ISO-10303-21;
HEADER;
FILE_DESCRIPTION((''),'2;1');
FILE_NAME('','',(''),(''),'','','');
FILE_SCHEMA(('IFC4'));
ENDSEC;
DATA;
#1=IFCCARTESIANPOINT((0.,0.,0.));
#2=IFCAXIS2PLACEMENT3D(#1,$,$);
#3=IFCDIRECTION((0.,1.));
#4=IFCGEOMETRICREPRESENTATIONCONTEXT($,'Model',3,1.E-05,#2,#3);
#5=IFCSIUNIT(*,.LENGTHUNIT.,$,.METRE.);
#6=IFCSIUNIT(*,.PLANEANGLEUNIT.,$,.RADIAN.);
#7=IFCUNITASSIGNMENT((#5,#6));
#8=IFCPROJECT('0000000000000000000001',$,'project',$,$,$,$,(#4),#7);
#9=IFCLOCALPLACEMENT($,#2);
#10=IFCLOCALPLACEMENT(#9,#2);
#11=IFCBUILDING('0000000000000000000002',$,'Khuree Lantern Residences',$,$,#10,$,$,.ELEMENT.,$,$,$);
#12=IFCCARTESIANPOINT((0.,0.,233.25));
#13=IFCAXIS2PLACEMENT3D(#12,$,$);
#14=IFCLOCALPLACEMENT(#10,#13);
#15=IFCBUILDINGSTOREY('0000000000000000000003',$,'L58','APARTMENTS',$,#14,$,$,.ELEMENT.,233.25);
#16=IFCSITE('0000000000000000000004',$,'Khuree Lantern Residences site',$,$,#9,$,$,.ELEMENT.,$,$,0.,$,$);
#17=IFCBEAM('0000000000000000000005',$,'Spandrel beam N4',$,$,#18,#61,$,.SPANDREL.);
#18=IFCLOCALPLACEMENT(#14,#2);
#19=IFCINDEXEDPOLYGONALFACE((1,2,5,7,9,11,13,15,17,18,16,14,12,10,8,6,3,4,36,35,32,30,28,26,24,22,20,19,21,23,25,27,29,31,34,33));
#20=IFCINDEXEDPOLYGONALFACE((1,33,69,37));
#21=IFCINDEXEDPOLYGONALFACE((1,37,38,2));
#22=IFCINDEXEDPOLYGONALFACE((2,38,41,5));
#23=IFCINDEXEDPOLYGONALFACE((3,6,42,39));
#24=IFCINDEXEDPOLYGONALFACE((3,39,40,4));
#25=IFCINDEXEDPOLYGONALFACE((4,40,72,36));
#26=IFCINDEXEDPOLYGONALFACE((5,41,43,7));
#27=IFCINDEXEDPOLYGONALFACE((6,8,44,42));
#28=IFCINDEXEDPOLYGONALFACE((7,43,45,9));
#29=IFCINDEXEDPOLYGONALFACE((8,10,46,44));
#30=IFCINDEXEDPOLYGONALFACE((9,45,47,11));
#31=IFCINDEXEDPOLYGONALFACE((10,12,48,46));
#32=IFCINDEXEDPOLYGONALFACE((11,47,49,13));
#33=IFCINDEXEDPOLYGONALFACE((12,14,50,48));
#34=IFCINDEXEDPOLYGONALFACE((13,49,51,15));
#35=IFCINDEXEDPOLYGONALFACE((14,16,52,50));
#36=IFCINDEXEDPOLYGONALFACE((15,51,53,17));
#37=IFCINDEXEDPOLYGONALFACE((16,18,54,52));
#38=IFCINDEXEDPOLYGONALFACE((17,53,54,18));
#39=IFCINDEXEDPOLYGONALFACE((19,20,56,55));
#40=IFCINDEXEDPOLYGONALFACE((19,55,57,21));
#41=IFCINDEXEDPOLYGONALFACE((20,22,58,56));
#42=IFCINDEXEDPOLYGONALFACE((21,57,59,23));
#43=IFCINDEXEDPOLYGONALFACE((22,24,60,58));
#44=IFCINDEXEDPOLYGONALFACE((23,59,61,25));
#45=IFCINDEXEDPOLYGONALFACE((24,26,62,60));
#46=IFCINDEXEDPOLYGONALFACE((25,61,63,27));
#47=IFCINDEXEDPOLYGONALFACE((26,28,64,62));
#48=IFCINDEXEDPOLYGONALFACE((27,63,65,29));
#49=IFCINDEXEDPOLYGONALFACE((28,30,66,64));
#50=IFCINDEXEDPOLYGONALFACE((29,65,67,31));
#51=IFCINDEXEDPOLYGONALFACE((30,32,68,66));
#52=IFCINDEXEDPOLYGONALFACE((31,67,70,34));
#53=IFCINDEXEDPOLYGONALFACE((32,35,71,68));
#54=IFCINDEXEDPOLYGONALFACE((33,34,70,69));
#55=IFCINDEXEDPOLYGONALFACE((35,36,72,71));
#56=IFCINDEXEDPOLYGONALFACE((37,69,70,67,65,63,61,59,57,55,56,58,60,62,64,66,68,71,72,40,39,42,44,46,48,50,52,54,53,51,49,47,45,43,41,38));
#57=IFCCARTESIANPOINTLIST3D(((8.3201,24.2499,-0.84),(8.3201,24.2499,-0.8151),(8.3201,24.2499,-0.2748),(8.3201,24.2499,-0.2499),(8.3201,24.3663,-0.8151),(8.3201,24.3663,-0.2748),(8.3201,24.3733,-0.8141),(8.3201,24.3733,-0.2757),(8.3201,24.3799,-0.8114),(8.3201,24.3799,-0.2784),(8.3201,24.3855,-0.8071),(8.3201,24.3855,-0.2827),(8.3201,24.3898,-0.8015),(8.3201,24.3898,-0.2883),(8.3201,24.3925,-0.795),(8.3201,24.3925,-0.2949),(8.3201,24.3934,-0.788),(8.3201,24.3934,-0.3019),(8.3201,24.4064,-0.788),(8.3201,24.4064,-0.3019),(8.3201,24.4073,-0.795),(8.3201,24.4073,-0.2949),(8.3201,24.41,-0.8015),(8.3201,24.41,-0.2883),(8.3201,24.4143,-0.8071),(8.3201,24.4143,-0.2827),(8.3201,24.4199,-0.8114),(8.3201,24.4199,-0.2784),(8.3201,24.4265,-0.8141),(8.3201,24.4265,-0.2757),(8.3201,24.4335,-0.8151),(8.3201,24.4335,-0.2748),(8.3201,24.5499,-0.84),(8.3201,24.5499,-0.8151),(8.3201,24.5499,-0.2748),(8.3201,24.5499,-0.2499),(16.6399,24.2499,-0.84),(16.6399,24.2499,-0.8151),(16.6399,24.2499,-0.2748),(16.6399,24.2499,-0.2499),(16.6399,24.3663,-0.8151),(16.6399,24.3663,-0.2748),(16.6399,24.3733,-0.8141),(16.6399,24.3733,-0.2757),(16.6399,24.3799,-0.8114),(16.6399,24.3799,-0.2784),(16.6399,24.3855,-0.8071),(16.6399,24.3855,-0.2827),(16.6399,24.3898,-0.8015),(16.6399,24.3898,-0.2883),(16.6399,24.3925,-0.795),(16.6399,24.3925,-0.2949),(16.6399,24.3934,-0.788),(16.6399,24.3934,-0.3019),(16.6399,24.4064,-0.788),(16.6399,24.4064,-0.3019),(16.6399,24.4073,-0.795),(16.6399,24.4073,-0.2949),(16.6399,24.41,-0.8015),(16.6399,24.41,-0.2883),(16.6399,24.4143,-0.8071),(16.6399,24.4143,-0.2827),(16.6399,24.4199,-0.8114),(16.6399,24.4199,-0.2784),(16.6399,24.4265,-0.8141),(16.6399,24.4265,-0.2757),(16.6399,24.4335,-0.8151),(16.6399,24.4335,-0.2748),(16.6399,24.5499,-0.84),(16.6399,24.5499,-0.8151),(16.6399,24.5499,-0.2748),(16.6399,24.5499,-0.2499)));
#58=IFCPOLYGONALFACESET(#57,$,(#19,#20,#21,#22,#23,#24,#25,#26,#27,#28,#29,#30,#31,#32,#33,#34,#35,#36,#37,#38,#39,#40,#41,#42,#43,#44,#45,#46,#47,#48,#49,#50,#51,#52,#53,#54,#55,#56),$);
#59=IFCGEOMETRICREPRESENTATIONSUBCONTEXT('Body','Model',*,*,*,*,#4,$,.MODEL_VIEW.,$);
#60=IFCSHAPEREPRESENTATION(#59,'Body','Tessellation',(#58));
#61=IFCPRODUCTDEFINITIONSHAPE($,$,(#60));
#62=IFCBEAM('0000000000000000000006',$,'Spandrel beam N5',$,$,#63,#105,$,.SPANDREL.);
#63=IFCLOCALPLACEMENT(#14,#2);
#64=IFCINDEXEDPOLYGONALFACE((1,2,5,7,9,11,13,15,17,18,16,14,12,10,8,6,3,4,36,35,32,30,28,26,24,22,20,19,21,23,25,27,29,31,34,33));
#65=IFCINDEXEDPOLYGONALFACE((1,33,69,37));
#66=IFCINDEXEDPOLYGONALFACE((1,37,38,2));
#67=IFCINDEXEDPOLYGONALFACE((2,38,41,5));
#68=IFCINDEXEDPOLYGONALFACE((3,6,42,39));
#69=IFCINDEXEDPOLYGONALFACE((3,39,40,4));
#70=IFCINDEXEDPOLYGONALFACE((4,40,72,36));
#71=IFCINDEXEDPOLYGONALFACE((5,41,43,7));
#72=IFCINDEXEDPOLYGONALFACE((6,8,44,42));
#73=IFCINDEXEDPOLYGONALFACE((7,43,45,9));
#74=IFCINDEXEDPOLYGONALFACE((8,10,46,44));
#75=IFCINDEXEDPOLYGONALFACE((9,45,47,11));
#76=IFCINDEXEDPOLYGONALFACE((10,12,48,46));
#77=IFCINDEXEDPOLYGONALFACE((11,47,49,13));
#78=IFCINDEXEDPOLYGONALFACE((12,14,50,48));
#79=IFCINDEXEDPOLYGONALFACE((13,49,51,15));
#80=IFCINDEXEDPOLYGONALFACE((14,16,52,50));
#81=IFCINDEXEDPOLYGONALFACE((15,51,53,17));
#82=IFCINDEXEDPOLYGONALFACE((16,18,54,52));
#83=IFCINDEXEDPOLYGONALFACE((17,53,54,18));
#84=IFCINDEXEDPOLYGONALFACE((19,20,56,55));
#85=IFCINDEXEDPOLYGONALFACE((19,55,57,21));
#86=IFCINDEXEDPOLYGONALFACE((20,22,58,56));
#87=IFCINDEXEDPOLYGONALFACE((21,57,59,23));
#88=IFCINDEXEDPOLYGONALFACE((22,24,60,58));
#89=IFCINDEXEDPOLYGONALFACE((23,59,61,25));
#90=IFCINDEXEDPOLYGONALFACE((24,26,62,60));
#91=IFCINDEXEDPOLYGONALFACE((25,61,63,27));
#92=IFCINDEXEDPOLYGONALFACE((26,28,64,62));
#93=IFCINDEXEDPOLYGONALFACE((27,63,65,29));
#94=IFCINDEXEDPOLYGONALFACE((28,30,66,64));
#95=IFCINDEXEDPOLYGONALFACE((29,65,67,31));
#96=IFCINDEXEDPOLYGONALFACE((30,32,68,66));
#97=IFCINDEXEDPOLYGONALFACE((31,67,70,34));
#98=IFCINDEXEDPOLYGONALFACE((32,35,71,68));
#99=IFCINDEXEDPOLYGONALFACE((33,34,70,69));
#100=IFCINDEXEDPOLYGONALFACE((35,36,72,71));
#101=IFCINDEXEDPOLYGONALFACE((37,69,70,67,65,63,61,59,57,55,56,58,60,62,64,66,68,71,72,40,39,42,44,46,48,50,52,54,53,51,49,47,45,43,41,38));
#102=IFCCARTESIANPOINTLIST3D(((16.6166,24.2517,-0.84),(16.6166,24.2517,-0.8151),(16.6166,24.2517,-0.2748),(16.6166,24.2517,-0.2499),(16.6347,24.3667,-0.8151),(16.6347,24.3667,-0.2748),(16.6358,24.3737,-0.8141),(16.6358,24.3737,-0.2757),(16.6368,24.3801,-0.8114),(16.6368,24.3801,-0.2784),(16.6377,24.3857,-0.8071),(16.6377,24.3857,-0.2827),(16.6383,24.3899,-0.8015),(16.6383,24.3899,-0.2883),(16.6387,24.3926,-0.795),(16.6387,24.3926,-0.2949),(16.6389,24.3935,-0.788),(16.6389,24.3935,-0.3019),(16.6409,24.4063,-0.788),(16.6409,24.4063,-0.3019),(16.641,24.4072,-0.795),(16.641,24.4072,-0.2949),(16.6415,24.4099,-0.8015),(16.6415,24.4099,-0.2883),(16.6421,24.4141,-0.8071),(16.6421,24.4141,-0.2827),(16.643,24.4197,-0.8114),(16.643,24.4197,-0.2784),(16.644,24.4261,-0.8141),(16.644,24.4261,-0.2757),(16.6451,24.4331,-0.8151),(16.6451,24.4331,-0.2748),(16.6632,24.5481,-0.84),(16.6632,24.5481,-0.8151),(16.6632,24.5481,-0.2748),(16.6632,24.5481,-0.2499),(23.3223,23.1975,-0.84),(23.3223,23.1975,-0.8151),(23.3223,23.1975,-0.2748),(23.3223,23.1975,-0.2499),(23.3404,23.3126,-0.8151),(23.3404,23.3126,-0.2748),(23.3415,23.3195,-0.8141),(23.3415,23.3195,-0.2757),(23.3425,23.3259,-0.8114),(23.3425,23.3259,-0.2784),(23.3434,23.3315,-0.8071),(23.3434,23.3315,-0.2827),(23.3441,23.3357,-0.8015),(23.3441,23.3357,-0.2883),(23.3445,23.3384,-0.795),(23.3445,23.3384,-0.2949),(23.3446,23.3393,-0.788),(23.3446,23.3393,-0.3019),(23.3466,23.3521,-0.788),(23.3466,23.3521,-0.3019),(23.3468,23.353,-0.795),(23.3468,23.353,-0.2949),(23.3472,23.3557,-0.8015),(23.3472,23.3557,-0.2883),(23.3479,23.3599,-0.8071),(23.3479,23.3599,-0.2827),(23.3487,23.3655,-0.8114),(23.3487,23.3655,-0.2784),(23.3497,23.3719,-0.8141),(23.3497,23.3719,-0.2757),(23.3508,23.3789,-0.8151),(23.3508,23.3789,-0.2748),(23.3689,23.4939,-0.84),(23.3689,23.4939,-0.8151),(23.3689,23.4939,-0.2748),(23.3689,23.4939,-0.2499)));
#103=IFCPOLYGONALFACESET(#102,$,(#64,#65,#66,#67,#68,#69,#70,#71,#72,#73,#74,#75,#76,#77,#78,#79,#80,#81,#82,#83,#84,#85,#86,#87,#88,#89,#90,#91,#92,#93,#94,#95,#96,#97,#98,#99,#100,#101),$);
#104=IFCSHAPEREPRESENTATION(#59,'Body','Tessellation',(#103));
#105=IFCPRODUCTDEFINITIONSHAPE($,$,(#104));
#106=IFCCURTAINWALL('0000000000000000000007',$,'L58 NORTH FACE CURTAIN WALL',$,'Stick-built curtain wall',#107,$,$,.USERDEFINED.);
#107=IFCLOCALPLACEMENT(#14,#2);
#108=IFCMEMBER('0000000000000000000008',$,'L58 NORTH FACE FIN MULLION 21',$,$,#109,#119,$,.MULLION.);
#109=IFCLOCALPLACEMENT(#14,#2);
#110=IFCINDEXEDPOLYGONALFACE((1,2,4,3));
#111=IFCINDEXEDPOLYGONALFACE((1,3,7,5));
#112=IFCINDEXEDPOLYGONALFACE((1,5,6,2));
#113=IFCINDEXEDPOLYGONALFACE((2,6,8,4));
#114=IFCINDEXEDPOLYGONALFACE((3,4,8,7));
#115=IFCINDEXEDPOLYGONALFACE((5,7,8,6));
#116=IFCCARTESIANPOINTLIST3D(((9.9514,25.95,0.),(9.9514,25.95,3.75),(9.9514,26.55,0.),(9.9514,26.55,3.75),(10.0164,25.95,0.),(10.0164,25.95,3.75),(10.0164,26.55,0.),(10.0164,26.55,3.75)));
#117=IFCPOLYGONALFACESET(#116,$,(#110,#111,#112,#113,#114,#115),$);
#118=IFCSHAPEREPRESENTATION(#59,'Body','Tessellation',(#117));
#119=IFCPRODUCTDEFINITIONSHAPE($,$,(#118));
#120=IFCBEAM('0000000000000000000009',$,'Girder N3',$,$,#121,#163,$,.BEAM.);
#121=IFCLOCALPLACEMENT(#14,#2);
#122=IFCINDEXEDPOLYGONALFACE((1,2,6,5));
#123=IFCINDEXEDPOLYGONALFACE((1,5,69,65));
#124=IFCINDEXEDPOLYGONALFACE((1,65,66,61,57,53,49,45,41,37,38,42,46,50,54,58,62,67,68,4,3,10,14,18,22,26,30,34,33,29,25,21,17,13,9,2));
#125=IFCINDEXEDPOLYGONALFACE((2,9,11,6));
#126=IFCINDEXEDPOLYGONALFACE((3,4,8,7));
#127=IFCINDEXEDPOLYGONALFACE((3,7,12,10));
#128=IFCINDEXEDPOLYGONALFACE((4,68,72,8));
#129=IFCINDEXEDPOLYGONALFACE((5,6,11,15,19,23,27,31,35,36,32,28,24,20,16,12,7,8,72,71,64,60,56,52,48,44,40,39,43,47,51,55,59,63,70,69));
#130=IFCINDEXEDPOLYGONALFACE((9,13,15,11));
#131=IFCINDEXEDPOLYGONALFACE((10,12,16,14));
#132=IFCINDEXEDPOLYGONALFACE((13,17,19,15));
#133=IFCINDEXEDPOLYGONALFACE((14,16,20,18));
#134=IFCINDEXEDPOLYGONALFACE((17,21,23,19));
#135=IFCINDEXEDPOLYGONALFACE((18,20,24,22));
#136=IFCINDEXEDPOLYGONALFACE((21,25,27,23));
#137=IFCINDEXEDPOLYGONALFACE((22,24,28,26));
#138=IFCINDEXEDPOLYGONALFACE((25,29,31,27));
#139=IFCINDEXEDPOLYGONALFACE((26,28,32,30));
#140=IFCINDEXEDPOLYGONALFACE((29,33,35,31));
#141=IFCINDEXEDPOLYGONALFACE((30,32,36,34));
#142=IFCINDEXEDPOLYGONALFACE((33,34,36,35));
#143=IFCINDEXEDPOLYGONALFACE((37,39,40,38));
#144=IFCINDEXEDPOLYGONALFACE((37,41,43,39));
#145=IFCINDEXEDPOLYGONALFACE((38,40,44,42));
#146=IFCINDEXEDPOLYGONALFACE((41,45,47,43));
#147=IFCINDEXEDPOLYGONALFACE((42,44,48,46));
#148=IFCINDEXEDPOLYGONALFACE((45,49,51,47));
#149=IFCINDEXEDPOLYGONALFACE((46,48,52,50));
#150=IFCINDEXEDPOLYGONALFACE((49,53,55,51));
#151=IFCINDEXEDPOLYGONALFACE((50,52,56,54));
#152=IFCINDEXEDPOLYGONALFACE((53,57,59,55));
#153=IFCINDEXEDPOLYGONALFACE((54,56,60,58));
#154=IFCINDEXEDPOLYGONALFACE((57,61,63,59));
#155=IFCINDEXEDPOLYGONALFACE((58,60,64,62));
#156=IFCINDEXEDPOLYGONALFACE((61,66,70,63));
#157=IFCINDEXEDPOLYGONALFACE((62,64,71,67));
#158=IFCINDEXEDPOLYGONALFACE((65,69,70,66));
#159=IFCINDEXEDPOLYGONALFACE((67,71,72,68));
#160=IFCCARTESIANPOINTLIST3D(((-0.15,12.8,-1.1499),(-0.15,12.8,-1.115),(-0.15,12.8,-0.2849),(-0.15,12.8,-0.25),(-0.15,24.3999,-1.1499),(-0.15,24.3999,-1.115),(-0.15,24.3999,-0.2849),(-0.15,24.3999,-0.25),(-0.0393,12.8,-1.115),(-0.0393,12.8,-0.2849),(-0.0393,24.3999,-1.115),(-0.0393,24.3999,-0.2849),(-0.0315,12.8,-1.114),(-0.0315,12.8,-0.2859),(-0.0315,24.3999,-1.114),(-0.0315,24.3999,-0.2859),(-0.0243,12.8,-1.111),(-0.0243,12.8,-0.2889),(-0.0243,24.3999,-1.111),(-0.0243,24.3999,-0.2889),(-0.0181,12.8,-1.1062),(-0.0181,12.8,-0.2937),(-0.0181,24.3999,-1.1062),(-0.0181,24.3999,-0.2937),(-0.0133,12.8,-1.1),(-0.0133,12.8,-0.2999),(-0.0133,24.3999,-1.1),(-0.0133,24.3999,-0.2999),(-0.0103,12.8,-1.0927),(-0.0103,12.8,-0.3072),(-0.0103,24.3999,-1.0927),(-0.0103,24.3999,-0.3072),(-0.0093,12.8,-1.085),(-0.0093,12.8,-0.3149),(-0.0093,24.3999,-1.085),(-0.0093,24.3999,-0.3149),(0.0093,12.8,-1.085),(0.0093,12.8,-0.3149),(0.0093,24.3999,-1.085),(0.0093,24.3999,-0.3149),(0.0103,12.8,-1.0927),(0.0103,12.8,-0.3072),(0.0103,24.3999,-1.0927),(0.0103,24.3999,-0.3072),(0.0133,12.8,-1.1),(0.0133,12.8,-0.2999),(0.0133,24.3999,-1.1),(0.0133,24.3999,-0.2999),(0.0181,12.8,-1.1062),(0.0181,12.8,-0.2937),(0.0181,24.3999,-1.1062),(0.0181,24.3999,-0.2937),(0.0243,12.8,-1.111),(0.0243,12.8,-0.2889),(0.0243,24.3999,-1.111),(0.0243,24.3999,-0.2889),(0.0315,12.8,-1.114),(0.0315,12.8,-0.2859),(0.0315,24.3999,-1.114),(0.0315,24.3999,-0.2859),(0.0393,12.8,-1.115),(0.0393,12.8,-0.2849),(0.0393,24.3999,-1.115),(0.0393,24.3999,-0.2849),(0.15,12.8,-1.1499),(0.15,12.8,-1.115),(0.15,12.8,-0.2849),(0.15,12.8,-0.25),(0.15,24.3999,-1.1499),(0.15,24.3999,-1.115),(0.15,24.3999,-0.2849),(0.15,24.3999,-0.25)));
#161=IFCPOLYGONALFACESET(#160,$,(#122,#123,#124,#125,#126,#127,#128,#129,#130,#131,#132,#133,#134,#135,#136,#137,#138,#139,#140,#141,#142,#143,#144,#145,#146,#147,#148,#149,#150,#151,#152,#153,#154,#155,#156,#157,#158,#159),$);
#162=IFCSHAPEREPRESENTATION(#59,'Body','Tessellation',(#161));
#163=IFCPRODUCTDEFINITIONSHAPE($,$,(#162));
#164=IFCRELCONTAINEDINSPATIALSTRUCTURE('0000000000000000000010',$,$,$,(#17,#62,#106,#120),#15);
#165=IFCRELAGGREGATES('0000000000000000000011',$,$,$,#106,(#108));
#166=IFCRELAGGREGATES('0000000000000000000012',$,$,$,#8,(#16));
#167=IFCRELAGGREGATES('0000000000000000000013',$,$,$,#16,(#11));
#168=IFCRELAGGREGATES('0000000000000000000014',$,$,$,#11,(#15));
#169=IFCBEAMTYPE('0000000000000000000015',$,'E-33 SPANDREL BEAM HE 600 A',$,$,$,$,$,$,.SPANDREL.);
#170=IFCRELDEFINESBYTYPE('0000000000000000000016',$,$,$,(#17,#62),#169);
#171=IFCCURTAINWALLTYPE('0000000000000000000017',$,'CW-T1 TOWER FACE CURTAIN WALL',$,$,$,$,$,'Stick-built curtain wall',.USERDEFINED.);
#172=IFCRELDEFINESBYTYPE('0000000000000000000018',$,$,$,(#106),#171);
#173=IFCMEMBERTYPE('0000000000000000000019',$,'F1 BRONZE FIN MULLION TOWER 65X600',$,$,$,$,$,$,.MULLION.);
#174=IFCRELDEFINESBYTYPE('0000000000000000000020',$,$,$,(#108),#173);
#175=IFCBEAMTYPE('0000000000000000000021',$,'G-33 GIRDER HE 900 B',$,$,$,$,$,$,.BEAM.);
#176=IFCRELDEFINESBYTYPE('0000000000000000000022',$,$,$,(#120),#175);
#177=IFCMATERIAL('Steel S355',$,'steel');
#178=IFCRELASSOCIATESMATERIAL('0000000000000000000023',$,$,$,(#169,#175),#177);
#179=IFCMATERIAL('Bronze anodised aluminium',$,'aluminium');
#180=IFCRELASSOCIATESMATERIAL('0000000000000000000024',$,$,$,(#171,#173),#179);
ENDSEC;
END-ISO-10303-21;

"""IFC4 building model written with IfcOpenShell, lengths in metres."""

from ifc_helpers import new_model, si_unit, direction, frame, origin, origin_2d, place, context, subcontext, project, spatial, rectangle, i_section, extrude, material, material_profile, profile_set, type_object, element, aggregate, save


model = new_model("IFC4")

# Units and contexts
model_context = context("Model", 3, precision=1e-05, world=origin(), true_north=direction((0.0, 1.0)))
body_context = subcontext(model_context, "Body", "Model", "MODEL_VIEW")
ifc_project = project(units=[si_unit("LENGTHUNIT", "METRE"), si_unit("PLANEANGLEUNIT", "RADIAN")], contexts=[model_context])

# Site, building, storey
site_placement = place(None, origin())
site = spatial("IfcSite", under=ifc_project, at=site_placement, Name="Khuree Lantern Residences site", CompositionType="ELEMENT", RefElevation=0.0)
building_placement = place(site_placement, origin())
building = spatial("IfcBuilding", under=site, at=building_placement, Name="Khuree Lantern Residences", CompositionType="ELEMENT")
storey_placement = place(building_placement, frame((0.0, 0.0, 233.25)))
storey = spatial("IfcBuildingStorey", under=building, at=storey_placement, Name="L58", Description="APARTMENTS", CompositionType="ELEMENT", Elevation=233.25)

# Beams
ifc_material_1 = material(Name="Steel S355", Category="steel")
ifc_material_profile_1 = material_profile(ifc_material_1, i_section(OverallWidth=0.3, OverallDepth=0.5901, WebThickness=0.0129, FlangeThickness=0.0249, FilletRadius=0.0271, at=origin_2d()), Name="HE 600 A")
ifc_profile_set_1 = profile_set([ifc_material_profile_1], Name="Steel S355")
beam_type_1 = type_object("IfcBeamType", Name="E-33 SPANDREL BEAM HE 600 A", PredefinedType="SPANDREL", material=ifc_profile_set_1)
beam_1_placement = place(storey_placement, frame((8.3201, 24.3999, -0.5449), z_axis=(1.0, 0.0, 0.0), x_axis=(0.0, 1.0, 0.0)))
element("IfcBeam", 1, at=beam_1_placement, inside=storey, type_object=beam_type_1, Name="Spandrel beam N4", PredefinedType="SPANDREL", context=body_context, shape_type="SweptSolid", body=[
    extrude(i_section(OverallWidth=0.3, OverallDepth=0.5901, WebThickness=0.0129, FlangeThickness=0.0249, FilletRadius=0.0271, at=origin_2d()), origin(), (0.0, 0.0, 1.0), 8.3198),
])
beam_2_placement = place(storey_placement, frame((16.6399, 24.3999, -0.5449), z_axis=(0.987867, -0.1553, 0.0), x_axis=(0.1553, 0.987867, 0.0)))
element("IfcBeam", 2, at=beam_2_placement, inside=storey, type_object=beam_type_1, Name="Spandrel beam N5", PredefinedType="SPANDREL", context=body_context, shape_type="SweptSolid", body=[
    extrude(i_section(OverallWidth=0.3, OverallDepth=0.5901, WebThickness=0.0129, FlangeThickness=0.0249, FilletRadius=0.0271, at=origin_2d()), origin(), (0.0, 0.0, 1.0), 6.7881),
])

# Curtain wall, member
ifc_material_2 = material(Name="Bronze anodised aluminium", Category="aluminium")
curtain_wall_type = type_object("IfcCurtainWallType", Name="CW-T1 TOWER FACE CURTAIN WALL", ElementType="Stick-built curtain wall", PredefinedType="USERDEFINED", material=ifc_material_2)
curtain_wall_placement = place(storey_placement, origin())
curtain_wall = element("IfcCurtainWall", 3, at=curtain_wall_placement, inside=storey, type_object=curtain_wall_type, Name="L58 NORTH FACE CURTAIN WALL", ObjectType="Stick-built curtain wall", PredefinedType="USERDEFINED")
ifc_material_profile_2 = material_profile(ifc_material_2, rectangle(XDim=0.0649, YDim=0.6001, at=origin_2d()), Name="F1 65X600")
ifc_profile_set_2 = profile_set([ifc_material_profile_2], Name="Bronze anodised aluminium")
member_type_1 = type_object("IfcMemberType", Name="F1 BRONZE FIN MULLION TOWER 65X600", PredefinedType="MULLION", material=ifc_profile_set_2)
member_1_placement = place(storey_placement, frame((9.9839, 26.25, 0.0), z_axis=(0.0, 0.0, 1.0), x_axis=(-1.0, 0.0, 0.0)))
member_1 = element("IfcMember", 4, at=member_1_placement, type_object=member_type_1, Name="L58 NORTH FACE FIN MULLION 21", PredefinedType="MULLION", context=body_context, shape_type="SweptSolid", body=[
    extrude(rectangle(XDim=0.0649, YDim=0.6001, at=origin_2d()), origin(), (0.0, 0.0, 1.0), 3.75),
])

# Beam
ifc_material_profile_3 = material_profile(ifc_material_1, i_section(OverallWidth=0.3, OverallDepth=0.8999, WebThickness=0.0186, FlangeThickness=0.0349, FilletRadius=0.03, at=origin_2d()), Name="HE 900 B")
ifc_profile_set_3 = profile_set([ifc_material_profile_3], Name="Steel S355")
beam_type_2 = type_object("IfcBeamType", Name="G-33 GIRDER HE 900 B", PredefinedType="BEAM", material=ifc_profile_set_3)
for number, where, z_axis, x_axis, name in (
    (5, (0.0, 24.3999, -0.7), (0.0, -1.0, 0.0), (1.0, 0.0, 0.0), "Girder N3"),
):
    element("IfcBeam", number, at=place(storey_placement, frame(where, z_axis=z_axis, x_axis=x_axis)), inside=storey, type_object=beam_type_2, Name=name, PredefinedType="BEAM", context=body_context, shape_type="SweptSolid", body=[
        extrude(i_section(OverallWidth=0.3, OverallDepth=0.8999, WebThickness=0.0186, FlangeThickness=0.0349, FilletRadius=0.03, at=origin_2d()), origin(), (0.0, 0.0, 1.0), 11.5999),
    ])

aggregate(curtain_wall, [member_1])

save(model, "model.ifc")
